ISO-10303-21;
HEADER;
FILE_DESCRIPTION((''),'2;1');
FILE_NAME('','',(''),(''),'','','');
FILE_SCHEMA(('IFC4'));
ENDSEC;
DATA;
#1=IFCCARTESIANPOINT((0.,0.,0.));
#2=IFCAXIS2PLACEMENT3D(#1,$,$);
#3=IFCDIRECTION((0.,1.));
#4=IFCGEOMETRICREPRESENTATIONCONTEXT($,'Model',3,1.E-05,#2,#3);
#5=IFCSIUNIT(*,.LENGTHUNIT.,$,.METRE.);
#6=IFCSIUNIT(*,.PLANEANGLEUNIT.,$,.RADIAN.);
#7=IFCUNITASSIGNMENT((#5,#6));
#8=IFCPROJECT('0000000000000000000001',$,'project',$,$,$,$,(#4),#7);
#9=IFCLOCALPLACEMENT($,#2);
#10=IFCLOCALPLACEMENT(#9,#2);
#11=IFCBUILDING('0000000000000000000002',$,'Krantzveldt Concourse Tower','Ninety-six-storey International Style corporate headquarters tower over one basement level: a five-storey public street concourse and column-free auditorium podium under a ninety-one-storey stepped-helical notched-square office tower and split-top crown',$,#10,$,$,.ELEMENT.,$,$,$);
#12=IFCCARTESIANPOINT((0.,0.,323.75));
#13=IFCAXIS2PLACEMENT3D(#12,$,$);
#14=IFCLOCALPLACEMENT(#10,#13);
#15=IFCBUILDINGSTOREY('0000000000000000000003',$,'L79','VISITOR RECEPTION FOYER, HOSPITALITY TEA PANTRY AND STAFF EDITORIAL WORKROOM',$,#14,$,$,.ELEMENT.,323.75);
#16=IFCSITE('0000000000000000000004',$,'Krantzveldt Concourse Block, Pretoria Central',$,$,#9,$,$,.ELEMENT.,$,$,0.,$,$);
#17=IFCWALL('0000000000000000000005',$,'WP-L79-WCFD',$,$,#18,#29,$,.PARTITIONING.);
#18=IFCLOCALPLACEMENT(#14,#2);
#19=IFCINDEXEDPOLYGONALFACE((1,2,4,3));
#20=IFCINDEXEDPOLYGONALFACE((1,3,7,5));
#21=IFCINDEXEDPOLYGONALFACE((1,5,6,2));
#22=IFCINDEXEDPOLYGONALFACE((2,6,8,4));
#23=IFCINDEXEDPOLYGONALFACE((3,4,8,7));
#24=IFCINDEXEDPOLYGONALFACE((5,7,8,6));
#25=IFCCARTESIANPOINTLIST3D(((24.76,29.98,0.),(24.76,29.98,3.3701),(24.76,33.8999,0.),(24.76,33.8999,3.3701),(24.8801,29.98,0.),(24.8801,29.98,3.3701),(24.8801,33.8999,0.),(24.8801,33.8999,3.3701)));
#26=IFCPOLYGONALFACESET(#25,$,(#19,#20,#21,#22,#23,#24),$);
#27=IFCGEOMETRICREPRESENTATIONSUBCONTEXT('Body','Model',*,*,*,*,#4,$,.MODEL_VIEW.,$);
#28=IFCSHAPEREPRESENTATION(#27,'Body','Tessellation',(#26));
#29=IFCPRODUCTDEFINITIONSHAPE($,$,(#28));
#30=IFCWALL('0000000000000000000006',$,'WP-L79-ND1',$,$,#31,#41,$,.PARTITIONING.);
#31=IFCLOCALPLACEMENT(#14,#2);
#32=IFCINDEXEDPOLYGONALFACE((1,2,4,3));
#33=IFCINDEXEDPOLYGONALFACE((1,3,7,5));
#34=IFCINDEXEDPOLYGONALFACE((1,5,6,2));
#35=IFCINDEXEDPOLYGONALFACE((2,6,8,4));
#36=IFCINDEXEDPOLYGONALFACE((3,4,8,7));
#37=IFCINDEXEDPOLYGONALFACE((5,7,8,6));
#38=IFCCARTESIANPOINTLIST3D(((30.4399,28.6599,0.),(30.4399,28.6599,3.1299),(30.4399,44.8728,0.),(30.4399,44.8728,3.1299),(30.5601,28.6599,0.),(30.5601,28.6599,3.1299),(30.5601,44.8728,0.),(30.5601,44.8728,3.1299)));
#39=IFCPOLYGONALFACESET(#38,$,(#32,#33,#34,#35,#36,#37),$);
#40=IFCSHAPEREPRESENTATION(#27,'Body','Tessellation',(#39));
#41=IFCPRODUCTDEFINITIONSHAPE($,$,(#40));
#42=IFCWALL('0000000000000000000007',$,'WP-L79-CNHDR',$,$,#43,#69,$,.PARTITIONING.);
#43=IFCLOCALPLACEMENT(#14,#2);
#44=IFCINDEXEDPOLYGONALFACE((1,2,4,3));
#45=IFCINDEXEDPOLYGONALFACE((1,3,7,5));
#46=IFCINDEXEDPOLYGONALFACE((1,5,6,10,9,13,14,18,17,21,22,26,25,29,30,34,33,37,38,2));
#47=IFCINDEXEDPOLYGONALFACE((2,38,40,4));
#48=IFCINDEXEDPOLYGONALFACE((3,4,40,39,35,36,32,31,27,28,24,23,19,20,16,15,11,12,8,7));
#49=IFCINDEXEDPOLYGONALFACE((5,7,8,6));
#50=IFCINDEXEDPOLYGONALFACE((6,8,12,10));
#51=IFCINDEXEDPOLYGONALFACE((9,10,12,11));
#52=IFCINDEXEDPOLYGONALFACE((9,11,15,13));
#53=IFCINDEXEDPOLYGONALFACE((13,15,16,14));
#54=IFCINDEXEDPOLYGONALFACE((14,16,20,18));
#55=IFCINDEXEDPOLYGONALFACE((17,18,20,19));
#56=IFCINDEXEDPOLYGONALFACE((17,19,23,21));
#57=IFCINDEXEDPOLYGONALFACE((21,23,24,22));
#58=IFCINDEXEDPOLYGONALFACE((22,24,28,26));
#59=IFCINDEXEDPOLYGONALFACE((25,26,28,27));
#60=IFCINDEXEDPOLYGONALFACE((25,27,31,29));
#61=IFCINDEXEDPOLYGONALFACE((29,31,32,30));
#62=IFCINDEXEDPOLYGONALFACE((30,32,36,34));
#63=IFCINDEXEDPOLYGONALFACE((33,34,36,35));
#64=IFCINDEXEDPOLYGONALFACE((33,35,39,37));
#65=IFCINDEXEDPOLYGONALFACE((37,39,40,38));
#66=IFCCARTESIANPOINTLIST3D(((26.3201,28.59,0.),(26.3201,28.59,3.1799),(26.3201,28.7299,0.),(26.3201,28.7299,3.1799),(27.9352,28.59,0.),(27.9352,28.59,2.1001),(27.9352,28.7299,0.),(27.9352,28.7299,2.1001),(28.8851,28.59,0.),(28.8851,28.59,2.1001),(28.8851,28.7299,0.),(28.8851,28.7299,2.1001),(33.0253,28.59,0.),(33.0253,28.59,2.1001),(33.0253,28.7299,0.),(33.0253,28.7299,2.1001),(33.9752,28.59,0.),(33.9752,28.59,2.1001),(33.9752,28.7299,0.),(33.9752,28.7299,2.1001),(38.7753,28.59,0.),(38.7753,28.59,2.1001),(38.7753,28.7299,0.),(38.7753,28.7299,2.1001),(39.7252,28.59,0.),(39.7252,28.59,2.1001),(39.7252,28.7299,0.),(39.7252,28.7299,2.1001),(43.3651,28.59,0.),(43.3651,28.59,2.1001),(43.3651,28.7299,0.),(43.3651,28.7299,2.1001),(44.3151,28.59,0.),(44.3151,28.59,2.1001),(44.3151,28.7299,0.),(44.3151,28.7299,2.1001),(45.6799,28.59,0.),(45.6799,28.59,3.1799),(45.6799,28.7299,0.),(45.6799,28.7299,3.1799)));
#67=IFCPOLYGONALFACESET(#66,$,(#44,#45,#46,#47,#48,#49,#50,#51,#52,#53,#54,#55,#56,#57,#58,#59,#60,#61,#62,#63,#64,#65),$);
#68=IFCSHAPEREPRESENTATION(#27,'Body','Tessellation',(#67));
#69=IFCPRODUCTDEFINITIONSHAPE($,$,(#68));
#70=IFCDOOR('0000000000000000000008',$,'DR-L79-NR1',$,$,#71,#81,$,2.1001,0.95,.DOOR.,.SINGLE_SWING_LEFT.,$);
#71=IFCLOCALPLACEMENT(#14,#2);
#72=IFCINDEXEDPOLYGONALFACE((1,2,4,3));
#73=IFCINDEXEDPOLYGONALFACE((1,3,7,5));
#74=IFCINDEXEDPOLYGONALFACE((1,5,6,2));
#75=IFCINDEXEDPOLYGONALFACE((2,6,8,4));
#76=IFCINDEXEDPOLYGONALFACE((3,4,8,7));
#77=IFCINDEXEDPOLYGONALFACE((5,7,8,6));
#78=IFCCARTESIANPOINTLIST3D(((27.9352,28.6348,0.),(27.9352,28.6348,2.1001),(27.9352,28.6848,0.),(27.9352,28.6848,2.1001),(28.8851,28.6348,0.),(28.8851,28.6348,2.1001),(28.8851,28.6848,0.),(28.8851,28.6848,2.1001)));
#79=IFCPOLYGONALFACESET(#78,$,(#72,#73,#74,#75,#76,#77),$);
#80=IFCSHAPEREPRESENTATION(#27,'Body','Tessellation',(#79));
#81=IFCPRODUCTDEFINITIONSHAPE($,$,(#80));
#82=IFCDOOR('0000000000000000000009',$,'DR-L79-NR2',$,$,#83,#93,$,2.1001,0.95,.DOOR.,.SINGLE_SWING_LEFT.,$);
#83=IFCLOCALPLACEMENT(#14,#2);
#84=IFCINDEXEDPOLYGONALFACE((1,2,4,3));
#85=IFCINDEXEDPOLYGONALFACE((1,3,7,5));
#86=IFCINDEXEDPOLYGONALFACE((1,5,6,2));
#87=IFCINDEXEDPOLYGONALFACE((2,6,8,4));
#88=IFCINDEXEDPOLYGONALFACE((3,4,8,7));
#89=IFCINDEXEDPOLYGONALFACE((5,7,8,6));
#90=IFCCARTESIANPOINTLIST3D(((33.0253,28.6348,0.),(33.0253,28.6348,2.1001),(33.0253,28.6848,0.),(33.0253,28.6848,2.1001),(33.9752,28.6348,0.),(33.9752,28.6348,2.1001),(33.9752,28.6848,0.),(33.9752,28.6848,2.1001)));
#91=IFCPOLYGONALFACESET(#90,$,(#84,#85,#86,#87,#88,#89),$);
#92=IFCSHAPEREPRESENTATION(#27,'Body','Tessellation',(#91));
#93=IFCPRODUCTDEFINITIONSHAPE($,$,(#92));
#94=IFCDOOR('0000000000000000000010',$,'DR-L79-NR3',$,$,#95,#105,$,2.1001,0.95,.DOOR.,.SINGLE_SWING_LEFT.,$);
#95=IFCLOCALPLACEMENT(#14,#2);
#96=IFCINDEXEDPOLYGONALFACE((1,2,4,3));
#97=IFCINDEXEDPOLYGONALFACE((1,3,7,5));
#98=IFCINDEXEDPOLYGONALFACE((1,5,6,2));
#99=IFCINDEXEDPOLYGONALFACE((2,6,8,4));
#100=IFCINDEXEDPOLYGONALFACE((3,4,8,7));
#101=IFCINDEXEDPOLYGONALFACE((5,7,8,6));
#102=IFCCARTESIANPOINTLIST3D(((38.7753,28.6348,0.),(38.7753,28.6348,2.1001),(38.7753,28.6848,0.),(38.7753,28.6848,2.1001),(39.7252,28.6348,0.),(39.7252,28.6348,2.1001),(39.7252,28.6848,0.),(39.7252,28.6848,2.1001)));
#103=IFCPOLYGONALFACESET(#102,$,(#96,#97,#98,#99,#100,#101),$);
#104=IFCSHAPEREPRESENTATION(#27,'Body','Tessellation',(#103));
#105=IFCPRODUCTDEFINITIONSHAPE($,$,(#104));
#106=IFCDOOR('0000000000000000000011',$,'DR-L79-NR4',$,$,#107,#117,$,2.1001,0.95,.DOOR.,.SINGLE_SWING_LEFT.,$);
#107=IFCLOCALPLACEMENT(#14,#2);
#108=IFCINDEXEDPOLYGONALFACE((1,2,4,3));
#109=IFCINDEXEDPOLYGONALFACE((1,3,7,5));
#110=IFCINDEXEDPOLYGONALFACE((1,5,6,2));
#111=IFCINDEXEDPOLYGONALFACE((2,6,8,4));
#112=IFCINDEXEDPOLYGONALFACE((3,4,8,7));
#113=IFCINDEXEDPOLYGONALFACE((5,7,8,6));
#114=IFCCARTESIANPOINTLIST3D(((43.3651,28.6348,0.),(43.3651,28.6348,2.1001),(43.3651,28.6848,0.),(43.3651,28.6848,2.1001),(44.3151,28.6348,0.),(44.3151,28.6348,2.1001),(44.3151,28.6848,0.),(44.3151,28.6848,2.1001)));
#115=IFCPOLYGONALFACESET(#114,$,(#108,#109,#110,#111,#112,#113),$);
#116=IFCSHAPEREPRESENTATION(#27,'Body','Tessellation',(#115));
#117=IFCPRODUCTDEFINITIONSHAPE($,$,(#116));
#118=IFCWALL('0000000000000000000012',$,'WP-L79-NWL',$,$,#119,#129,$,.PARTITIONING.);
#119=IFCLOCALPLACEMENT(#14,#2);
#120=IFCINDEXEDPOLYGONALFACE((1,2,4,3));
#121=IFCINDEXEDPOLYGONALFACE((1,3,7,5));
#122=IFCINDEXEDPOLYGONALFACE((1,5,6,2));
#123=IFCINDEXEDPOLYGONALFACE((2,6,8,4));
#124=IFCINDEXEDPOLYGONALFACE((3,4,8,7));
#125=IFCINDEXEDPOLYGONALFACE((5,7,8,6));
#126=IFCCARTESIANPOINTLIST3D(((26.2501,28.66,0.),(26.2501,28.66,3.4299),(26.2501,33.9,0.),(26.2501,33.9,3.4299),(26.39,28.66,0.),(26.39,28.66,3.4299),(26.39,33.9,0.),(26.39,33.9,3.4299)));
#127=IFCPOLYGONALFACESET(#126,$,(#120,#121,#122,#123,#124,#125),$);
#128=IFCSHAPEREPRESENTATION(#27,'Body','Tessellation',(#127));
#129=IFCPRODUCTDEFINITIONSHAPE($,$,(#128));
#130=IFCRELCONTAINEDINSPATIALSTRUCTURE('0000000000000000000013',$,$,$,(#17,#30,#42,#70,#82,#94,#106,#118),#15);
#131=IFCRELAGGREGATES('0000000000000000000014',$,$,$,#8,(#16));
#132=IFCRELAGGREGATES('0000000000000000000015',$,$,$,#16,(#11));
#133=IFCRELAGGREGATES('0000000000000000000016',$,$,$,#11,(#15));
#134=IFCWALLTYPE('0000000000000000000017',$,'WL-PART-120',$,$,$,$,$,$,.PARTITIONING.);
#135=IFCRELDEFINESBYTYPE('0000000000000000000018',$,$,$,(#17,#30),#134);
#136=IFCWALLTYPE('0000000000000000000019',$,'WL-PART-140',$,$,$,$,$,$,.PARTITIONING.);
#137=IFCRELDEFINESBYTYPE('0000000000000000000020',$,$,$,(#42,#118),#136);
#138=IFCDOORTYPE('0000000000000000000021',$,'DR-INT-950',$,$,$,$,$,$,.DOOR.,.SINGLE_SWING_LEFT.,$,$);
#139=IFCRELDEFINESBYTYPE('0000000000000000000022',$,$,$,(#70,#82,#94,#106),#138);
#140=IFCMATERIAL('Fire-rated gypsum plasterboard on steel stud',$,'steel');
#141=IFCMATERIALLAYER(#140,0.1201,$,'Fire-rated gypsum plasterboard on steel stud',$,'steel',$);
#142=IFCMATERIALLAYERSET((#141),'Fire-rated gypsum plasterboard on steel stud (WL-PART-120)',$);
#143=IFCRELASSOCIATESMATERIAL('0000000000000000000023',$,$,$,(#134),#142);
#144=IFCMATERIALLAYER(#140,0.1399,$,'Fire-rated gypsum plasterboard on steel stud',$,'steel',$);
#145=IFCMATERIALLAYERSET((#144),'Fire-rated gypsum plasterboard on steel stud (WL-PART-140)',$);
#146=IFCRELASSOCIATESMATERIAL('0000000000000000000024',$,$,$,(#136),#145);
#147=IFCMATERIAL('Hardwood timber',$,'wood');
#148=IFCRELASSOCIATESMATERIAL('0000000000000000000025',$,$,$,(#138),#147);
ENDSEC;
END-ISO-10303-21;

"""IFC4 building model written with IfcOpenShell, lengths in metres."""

from ifc_helpers import new_model, si_unit, direction, frame, frame_2d, origin, place, context, subcontext, project, spatial, rectangle, extrude, material, layer, layer_set, type_object, element, fill, save


model = new_model("IFC4")

# Units and contexts
model_context = context("Model", 3, precision=1e-05, world=origin(), true_north=direction((0.0, 1.0)))
body_context = subcontext(model_context, "Body", "Model", "MODEL_VIEW")
ifc_project = project(units=[si_unit("LENGTHUNIT", "METRE"), si_unit("PLANEANGLEUNIT", "RADIAN")], contexts=[model_context])

# Site, building, storey
site_placement = place(None, origin())
site = spatial("IfcSite", under=ifc_project, at=site_placement, Name="Krantzveldt Concourse Block, Pretoria Central", CompositionType="ELEMENT", RefElevation=0.0)
building_placement = place(site_placement, origin())
building = spatial("IfcBuilding", under=site, at=building_placement, Name="Krantzveldt Concourse Tower", Description="Ninety-six-storey International Style corporate headquarters tower over one basement level: a five-storey public street concourse and column-free auditorium podium under a ninety-one-storey stepped-helical notched-square office tower and split-top crown", CompositionType="ELEMENT")
storey_placement = place(building_placement, frame((0.0, 0.0, 323.75)))
storey = spatial("IfcBuildingStorey", under=building, at=storey_placement, Name="L79", Description="VISITOR RECEPTION FOYER, HOSPITALITY TEA PANTRY AND STAFF EDITORIAL WORKROOM", CompositionType="ELEMENT", Elevation=323.75)

# Shared definitions
ifc_material_1 = material(Name="Fire-rated gypsum plasterboard on steel stud", Category="steel")
ifc_layer_1 = layer(ifc_material_1, 0.1201, Name="Fire-rated gypsum plasterboard on steel stud", Category="steel")
ifc_layer_set_1 = layer_set([ifc_layer_1], Name="Fire-rated gypsum plasterboard on steel stud (WL-PART-120)")
wall_type_1 = type_object("IfcWallType", Name="WL-PART-120", PredefinedType="PARTITIONING", material=ifc_layer_set_1)
ifc_material_2 = material(Name="Hardwood timber", Category="wood")

# Walls
wall_1_placement = place(storey_placement, frame((24.8201, 29.98, 0.0), z_axis=(0.0, 0.0, 1.0), x_axis=(0.0, 1.0, 0.0)))
element("IfcWall", 1, at=wall_1_placement, inside=storey, type_object=wall_type_1, Name="WP-L79-WCFD", PredefinedType="PARTITIONING", context=body_context, shape_type="SweptSolid", body=[
    extrude(rectangle(XDim=3.9199, YDim=0.1201, at=frame_2d((1.96, 0.0))), origin(), (0.0, 0.0, 1.0), 3.3701),
])
wall_2_placement = place(storey_placement, frame((30.5, 28.6599, 0.0), z_axis=(0.0, 0.0, 1.0), x_axis=(0.0, 1.0, 0.0)))
element("IfcWall", 2, at=wall_2_placement, inside=storey, type_object=wall_type_1, Name="WP-L79-ND1", PredefinedType="PARTITIONING", context=body_context, shape_type="SweptSolid", body=[
    extrude(rectangle(XDim=16.2129, YDim=0.1201, at=frame_2d((8.1064, 0.0))), origin(), (0.0, 0.0, 1.0), 3.1299),
])

# Wall, openings, doors
ifc_layer_2 = layer(ifc_material_1, 0.1399, Name="Fire-rated gypsum plasterboard on steel stud", Category="steel")
ifc_layer_set_2 = layer_set([ifc_layer_2], Name="Fire-rated gypsum plasterboard on steel stud (WL-PART-140)")
wall_type_2 = type_object("IfcWallType", Name="WL-PART-140", PredefinedType="PARTITIONING", material=ifc_layer_set_2)
wall_3_placement = place(storey_placement, frame((26.3201, 28.6599, 0.0), z_axis=(0.0, 0.0, 1.0), x_axis=(1.0, 0.0, 0.0)))
wall_3 = element("IfcWall", 3, at=wall_3_placement, inside=storey, type_object=wall_type_2, Name="WP-L79-CNHDR", PredefinedType="PARTITIONING", context=body_context, shape_type="SweptSolid", body=[
    extrude(rectangle(XDim=19.3599, YDim=0.1399, at=frame_2d((9.6799, 0.0))), origin(), (0.0, 0.0, 1.0), 3.1799),
])
opening_1_placement = place(wall_3_placement, frame((1.615, 0.0, 0.0)))
opening_1 = element("IfcOpeningElement", 4, at=opening_1_placement, cuts=wall_3, PredefinedType="OPENING", context=body_context, shape_type="SweptSolid", body=[
    extrude(rectangle(XDim=0.95, YDim=2.1001, at=frame_2d((0.4751, 1.05))), frame((0.0, 0.0801, 0.0), z_axis=(0.0, -1.0, 0.0), x_axis=(1.0, 0.0, 0.0)), (0.0, 0.0, 1.0), 0.1599),
])
opening_2_placement = place(wall_3_placement, frame((6.7051, 0.0, 0.0)))
opening_2 = element("IfcOpeningElement", 5, at=opening_2_placement, cuts=wall_3, PredefinedType="OPENING", context=body_context, shape_type="SweptSolid", body=[
    extrude(rectangle(XDim=0.95, YDim=2.1001, at=frame_2d((0.4751, 1.05))), frame((0.0, 0.0801, 0.0), z_axis=(0.0, -1.0, 0.0), x_axis=(1.0, 0.0, 0.0)), (0.0, 0.0, 1.0), 0.1599),
])
opening_3_placement = place(wall_3_placement, frame((12.4551, 0.0, 0.0)))
opening_3 = element("IfcOpeningElement", 6, at=opening_3_placement, cuts=wall_3, PredefinedType="OPENING", context=body_context, shape_type="SweptSolid", body=[
    extrude(rectangle(XDim=0.95, YDim=2.1001, at=frame_2d((0.4751, 1.05))), frame((0.0, 0.0801, 0.0), z_axis=(0.0, -1.0, 0.0), x_axis=(1.0, 0.0, 0.0)), (0.0, 0.0, 1.0), 0.1599),
])
opening_4_placement = place(wall_3_placement, frame((17.0449, 0.0, 0.0)))
opening_4 = element("IfcOpeningElement", 7, at=opening_4_placement, cuts=wall_3, PredefinedType="OPENING", context=body_context, shape_type="SweptSolid", body=[
    extrude(rectangle(XDim=0.95, YDim=2.1001, at=frame_2d((0.4751, 1.05))), frame((0.0, 0.0801, 0.0), z_axis=(0.0, -1.0, 0.0), x_axis=(1.0, 0.0, 0.0)), (0.0, 0.0, 1.0), 0.1599),
])
door_type_1 = type_object("IfcDoorType", Name="DR-INT-950", OperationType="SINGLE_SWING_LEFT", PredefinedType="DOOR", material=ifc_material_2)
door_1_placement = place(opening_1_placement, origin())
door_1 = element("IfcDoor", 8, at=door_1_placement, inside=storey, type_object=door_type_1, Name="DR-L79-NR1", OperationType="SINGLE_SWING_LEFT", OverallHeight=2.1001, OverallWidth=0.95, PredefinedType="DOOR", context=body_context, shape_type="SweptSolid", body=[
    extrude(rectangle(XDim=0.95, YDim=2.1001, at=frame_2d((0.4751, 1.05))), frame((0.0, 0.0249, 0.0), z_axis=(0.0, -1.0, 0.0), x_axis=(1.0, 0.0, 0.0)), (0.0, 0.0, 1.0), 0.05),
])
fill(opening_1, door_1)
door_2_placement = place(opening_2_placement, origin())
door_2 = element("IfcDoor", 9, at=door_2_placement, inside=storey, type_object=door_type_1, Name="DR-L79-NR2", OperationType="SINGLE_SWING_LEFT", OverallHeight=2.1001, OverallWidth=0.95, PredefinedType="DOOR", context=body_context, shape_type="SweptSolid", body=[
    extrude(rectangle(XDim=0.95, YDim=2.1001, at=frame_2d((0.4751, 1.05))), frame((0.0, 0.0249, 0.0), z_axis=(0.0, -1.0, 0.0), x_axis=(1.0, 0.0, 0.0)), (0.0, 0.0, 1.0), 0.05),
])
fill(opening_2, door_2)
door_3_placement = place(opening_3_placement, origin())
door_3 = element("IfcDoor", 10, at=door_3_placement, inside=storey, type_object=door_type_1, Name="DR-L79-NR3", OperationType="SINGLE_SWING_LEFT", OverallHeight=2.1001, OverallWidth=0.95, PredefinedType="DOOR", context=body_context, shape_type="SweptSolid", body=[
    extrude(rectangle(XDim=0.95, YDim=2.1001, at=frame_2d((0.4751, 1.05))), frame((0.0, 0.0249, 0.0), z_axis=(0.0, -1.0, 0.0), x_axis=(1.0, 0.0, 0.0)), (0.0, 0.0, 1.0), 0.05),
])
fill(opening_3, door_3)
door_4_placement = place(opening_4_placement, origin())
door_4 = element("IfcDoor", 11, at=door_4_placement, inside=storey, type_object=door_type_1, Name="DR-L79-NR4", OperationType="SINGLE_SWING_LEFT", OverallHeight=2.1001, OverallWidth=0.95, PredefinedType="DOOR", context=body_context, shape_type="SweptSolid", body=[
    extrude(rectangle(XDim=0.95, YDim=2.1001, at=frame_2d((0.4751, 1.05))), frame((0.0, 0.0249, 0.0), z_axis=(0.0, -1.0, 0.0), x_axis=(1.0, 0.0, 0.0)), (0.0, 0.0, 1.0), 0.05),
])
fill(opening_4, door_4)

# Wall
wall_4_placement = place(storey_placement, frame((26.3201, 28.6599, 0.0), z_axis=(0.0, 0.0, 1.0), x_axis=(0.0, 1.0, 0.0)))
element("IfcWall", 12, at=wall_4_placement, inside=storey, type_object=wall_type_2, Name="WP-L79-NWL", PredefinedType="PARTITIONING", context=body_context, shape_type="SweptSolid", body=[
    extrude(rectangle(XDim=5.24, YDim=0.1399, at=frame_2d((2.6201, 0.0))), origin(), (0.0, 0.0, 1.0), 3.4299),
])

save(model, "model.ifc")
